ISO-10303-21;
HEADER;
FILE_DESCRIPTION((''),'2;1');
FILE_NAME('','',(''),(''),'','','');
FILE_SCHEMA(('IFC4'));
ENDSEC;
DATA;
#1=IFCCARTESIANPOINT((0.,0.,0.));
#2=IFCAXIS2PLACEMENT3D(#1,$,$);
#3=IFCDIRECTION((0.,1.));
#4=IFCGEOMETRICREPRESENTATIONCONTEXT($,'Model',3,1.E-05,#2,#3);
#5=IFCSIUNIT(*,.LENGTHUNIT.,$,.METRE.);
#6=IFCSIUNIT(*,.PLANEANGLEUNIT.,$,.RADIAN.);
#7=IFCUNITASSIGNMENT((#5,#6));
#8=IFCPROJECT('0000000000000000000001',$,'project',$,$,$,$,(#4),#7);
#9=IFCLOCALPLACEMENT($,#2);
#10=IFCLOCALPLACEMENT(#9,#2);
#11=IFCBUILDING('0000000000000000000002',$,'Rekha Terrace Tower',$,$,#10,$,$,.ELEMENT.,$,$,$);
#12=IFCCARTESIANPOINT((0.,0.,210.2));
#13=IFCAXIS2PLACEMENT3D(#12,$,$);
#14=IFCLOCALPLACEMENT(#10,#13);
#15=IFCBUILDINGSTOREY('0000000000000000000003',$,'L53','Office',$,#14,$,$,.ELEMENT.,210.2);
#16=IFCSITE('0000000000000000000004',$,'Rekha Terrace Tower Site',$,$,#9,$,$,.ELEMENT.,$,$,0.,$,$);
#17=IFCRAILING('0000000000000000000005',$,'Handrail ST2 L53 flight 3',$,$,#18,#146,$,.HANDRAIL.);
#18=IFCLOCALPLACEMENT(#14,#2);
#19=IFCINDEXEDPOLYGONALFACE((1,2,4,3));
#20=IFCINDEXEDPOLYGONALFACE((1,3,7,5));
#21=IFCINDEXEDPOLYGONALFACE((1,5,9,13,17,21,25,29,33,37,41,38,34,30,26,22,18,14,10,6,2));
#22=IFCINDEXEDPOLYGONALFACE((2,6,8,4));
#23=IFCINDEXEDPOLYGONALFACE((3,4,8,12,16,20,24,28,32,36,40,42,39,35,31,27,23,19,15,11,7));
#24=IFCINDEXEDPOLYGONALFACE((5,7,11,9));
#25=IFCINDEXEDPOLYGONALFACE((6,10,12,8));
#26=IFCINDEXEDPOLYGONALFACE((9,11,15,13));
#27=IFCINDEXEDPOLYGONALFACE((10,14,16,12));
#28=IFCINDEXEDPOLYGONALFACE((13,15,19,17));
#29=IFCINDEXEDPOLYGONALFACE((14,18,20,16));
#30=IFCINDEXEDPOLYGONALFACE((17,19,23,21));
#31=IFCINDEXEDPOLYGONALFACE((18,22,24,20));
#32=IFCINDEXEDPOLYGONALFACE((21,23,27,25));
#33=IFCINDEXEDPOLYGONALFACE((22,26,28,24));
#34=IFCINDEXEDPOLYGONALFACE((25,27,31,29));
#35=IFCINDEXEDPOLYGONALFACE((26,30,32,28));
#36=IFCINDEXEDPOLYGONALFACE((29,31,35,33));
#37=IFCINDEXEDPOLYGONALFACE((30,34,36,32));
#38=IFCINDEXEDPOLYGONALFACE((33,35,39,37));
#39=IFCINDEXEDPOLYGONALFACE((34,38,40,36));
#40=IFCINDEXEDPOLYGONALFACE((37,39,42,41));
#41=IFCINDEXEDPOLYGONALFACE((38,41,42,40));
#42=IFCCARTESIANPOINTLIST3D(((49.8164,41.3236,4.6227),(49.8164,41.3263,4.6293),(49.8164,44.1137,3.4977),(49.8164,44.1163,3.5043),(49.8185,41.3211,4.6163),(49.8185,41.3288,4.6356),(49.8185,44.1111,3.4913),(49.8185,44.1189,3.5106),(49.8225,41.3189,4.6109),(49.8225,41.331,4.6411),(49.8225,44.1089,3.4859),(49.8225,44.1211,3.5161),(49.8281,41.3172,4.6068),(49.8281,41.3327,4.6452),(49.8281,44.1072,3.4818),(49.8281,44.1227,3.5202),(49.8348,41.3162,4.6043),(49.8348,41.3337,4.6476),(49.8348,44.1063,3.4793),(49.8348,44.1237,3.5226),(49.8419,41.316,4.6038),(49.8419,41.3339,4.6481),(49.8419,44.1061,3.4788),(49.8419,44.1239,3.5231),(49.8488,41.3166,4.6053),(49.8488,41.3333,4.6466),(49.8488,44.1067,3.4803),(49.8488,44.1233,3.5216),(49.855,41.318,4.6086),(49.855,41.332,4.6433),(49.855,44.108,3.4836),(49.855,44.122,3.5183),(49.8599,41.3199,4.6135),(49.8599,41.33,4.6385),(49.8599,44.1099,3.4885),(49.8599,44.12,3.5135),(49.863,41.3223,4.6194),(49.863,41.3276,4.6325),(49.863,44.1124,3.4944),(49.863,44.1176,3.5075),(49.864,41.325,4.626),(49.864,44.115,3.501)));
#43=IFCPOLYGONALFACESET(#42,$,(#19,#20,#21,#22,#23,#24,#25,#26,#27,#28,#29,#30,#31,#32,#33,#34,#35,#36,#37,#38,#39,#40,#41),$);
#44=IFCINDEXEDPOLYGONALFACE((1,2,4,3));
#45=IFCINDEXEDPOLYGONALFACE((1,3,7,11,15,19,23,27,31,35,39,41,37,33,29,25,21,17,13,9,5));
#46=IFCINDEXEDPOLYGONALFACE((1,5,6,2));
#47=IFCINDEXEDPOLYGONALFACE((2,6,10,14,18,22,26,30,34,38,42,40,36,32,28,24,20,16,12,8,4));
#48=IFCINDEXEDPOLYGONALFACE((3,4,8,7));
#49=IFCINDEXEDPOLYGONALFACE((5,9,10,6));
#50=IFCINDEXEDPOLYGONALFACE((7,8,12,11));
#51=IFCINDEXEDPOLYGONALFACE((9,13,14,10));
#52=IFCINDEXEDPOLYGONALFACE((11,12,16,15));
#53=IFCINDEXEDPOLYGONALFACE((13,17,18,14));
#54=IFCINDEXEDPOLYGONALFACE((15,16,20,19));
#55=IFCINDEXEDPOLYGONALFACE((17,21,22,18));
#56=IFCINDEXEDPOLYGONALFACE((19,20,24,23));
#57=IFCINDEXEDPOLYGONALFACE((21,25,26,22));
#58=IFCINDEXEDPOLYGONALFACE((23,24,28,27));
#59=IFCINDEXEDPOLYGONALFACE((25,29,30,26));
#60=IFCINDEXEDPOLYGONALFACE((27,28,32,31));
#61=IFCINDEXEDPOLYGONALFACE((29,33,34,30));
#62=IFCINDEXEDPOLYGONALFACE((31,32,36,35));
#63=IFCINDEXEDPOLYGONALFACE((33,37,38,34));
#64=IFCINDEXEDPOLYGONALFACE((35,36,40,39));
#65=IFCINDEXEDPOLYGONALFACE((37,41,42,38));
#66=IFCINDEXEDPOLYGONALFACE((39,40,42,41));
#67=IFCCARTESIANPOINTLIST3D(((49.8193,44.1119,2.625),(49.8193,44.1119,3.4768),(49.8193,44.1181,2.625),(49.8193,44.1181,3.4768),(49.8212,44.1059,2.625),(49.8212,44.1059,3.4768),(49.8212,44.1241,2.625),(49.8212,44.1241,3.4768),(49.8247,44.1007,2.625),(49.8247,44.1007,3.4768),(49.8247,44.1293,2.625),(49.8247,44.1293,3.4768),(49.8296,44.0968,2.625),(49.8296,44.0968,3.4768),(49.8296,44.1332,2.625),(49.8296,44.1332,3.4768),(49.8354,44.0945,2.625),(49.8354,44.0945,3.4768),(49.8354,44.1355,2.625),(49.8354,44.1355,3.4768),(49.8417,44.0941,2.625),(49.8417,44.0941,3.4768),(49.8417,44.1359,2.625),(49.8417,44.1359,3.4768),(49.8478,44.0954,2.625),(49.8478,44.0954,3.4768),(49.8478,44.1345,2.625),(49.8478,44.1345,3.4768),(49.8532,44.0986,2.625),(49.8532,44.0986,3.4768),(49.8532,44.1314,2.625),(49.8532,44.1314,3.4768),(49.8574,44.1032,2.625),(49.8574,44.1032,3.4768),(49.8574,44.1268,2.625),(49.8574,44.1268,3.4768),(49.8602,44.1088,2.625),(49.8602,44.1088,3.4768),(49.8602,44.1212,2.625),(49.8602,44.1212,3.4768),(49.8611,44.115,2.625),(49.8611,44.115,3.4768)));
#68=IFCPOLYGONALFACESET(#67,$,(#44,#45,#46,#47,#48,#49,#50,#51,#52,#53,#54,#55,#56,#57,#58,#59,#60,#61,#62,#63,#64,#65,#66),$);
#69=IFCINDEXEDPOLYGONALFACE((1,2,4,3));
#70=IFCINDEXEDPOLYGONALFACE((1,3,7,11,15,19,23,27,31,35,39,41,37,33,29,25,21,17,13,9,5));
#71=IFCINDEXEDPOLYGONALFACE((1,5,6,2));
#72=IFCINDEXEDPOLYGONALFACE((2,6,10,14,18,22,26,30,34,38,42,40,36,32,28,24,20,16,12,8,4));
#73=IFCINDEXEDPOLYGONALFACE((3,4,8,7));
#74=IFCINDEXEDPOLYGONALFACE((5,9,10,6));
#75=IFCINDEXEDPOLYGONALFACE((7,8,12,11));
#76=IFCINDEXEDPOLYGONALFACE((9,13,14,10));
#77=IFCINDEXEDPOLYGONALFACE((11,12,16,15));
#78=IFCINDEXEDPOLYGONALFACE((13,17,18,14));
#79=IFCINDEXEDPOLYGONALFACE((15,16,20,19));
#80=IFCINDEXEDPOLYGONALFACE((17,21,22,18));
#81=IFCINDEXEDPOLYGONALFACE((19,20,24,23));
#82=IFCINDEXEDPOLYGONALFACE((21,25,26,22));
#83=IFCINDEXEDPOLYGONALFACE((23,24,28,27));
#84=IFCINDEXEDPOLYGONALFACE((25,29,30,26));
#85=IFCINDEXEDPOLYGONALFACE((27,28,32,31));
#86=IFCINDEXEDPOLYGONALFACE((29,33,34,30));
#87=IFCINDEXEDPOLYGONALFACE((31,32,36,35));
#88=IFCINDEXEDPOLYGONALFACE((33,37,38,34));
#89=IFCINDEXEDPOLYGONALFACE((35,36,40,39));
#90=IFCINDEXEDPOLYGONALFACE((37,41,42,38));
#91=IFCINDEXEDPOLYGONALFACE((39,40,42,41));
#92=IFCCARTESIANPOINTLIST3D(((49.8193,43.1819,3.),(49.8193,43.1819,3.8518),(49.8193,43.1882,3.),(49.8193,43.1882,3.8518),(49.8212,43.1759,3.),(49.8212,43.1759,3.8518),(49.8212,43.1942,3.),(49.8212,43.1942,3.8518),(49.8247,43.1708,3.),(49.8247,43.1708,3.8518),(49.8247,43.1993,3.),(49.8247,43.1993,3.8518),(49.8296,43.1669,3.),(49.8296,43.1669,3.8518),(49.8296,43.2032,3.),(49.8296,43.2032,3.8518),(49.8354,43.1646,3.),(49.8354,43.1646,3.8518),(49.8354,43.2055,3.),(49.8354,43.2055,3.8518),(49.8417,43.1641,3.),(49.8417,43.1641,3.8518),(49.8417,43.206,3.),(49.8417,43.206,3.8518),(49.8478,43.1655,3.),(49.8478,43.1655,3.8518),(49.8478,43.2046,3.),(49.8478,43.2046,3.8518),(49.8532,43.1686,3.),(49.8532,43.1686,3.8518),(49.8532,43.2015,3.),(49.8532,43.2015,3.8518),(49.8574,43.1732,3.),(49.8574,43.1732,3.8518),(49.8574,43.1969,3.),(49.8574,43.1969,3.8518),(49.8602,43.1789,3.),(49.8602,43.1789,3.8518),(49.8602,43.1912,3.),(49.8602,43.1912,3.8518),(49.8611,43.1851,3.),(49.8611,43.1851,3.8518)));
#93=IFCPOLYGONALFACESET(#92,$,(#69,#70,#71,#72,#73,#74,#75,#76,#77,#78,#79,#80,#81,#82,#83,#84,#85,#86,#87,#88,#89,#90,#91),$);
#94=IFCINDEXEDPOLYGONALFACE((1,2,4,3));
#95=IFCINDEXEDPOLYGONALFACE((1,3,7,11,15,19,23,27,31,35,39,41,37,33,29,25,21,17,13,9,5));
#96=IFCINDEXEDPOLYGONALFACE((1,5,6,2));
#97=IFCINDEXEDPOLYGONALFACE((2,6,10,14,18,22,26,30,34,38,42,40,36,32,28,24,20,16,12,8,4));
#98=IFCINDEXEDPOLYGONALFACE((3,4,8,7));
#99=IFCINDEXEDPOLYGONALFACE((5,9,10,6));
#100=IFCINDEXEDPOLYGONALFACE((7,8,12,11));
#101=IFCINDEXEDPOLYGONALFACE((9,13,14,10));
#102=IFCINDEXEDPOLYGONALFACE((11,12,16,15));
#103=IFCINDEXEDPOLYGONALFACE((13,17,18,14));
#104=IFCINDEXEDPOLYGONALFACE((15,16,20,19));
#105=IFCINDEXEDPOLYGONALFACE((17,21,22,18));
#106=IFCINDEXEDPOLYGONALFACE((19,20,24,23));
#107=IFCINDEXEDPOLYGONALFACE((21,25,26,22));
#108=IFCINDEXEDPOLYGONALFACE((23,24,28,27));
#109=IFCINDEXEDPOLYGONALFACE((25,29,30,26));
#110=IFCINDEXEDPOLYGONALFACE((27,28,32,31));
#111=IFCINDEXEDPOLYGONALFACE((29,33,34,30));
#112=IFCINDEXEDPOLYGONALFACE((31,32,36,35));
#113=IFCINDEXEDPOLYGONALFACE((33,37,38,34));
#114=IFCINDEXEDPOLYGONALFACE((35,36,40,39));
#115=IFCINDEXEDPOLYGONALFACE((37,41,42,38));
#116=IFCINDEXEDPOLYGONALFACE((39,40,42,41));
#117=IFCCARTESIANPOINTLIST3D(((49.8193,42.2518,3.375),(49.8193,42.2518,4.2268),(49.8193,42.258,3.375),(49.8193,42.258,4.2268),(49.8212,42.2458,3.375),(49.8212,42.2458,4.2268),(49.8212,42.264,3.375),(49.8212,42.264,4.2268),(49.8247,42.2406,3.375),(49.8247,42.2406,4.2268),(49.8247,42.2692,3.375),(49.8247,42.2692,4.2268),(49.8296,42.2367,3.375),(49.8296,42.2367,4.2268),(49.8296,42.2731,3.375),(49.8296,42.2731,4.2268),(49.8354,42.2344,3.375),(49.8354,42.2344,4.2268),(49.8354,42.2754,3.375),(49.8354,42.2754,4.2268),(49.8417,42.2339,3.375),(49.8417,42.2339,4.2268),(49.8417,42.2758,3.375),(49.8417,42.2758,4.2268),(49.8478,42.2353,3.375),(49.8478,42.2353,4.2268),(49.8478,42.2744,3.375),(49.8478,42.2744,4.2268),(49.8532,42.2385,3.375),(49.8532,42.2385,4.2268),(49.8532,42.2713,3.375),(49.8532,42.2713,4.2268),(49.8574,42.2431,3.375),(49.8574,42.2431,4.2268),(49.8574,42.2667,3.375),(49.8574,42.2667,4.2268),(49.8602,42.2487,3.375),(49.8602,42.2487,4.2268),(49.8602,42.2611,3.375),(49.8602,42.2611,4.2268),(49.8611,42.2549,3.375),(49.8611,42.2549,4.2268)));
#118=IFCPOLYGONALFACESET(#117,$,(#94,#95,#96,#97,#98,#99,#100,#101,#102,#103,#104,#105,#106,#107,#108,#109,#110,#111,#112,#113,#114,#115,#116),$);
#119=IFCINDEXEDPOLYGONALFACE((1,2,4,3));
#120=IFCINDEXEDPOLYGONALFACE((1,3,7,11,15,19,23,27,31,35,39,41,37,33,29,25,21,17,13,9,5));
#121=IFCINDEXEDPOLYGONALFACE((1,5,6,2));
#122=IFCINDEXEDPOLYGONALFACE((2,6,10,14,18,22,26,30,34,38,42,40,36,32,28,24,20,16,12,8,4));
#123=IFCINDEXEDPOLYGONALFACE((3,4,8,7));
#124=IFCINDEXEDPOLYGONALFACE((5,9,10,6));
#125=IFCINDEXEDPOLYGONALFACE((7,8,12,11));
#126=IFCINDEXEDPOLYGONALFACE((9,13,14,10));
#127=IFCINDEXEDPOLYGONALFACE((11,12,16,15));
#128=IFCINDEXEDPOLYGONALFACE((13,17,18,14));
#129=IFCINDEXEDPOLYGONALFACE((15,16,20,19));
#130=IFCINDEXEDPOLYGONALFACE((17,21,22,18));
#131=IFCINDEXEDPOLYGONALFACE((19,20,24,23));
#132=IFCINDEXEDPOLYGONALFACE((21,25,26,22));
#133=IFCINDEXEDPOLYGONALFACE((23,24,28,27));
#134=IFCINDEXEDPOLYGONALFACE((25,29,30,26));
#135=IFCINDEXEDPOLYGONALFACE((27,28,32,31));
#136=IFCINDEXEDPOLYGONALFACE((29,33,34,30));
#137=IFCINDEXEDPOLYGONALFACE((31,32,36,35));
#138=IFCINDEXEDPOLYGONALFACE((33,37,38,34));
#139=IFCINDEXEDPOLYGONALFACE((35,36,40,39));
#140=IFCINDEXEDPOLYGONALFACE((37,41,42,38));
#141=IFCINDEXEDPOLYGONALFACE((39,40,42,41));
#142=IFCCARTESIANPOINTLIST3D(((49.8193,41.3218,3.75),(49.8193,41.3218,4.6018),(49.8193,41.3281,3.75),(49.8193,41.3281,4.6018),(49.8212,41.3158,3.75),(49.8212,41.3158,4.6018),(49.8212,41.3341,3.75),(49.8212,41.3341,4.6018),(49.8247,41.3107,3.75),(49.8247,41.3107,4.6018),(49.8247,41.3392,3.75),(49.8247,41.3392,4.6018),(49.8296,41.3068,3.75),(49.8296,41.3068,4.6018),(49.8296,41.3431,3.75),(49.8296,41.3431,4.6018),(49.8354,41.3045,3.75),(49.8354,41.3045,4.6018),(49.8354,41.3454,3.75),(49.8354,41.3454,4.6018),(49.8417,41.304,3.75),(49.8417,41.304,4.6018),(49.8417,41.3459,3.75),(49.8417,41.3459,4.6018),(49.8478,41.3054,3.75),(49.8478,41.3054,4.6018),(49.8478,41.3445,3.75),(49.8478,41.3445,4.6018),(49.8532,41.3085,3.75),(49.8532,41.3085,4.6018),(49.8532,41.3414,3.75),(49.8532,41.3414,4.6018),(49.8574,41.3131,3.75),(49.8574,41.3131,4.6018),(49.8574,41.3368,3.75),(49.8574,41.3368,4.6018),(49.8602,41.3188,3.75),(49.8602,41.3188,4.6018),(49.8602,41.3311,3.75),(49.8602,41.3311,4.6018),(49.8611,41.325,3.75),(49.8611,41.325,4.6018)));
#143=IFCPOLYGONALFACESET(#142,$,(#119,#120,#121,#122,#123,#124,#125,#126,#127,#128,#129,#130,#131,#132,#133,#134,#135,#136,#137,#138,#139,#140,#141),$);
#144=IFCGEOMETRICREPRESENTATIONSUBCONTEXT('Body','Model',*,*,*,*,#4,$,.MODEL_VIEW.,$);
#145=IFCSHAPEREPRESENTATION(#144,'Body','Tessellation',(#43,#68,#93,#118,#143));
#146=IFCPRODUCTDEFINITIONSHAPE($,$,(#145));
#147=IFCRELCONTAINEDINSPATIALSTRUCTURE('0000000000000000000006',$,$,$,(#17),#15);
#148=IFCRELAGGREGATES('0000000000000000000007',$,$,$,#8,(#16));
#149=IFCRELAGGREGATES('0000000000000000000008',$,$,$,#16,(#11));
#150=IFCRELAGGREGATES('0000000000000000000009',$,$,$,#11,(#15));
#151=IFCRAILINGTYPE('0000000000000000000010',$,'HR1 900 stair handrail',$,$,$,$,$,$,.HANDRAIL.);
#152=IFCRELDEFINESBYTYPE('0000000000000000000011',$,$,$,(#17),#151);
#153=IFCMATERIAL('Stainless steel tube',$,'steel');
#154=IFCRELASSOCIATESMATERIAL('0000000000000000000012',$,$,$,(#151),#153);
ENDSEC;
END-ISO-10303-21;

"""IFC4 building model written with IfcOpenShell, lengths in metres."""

from ifc_helpers import new_model, si_unit, direction, frame, origin, origin_2d, place, context, subcontext, project, spatial, circle, extrude, material, type_object, element, save


model = new_model("IFC4")

# Units and contexts
model_context = context("Model", 3, precision=1e-05, world=origin(), true_north=direction((0.0, 1.0)))
body_context = subcontext(model_context, "Body", "Model", "MODEL_VIEW")
ifc_project = project(units=[si_unit("LENGTHUNIT", "METRE"), si_unit("PLANEANGLEUNIT", "RADIAN")], contexts=[model_context])

# Site, building, storey
site_placement = place(None, origin())
site = spatial("IfcSite", under=ifc_project, at=site_placement, Name="Rekha Terrace Tower Site", CompositionType="ELEMENT", RefElevation=0.0)
building_placement = place(site_placement, origin())
building = spatial("IfcBuilding", under=site, at=building_placement, Name="Rekha Terrace Tower", CompositionType="ELEMENT")
storey_placement = place(building_placement, frame((0.0, 0.0, 210.2)))
storey = spatial("IfcBuildingStorey", under=building, at=storey_placement, Name="L53", Description="Office", CompositionType="ELEMENT", Elevation=210.2)

# Railing
ifc_material_1 = material(Name="Stainless steel tube", Category="steel")
railing_type = type_object("IfcRailingType", Name="HR1 900 stair handrail", PredefinedType="HANDRAIL", material=ifc_material_1)
railing_placement = place(storey_placement, frame((49.8401, 44.115, 2.625)))
element("IfcRailing", 1, at=railing_placement, inside=storey, type_object=railing_type, Name="Handrail ST2 L53 flight 3", PredefinedType="HANDRAIL", context=body_context, shape_type="SweptSolid", body=[
    extrude(circle(Radius=0.0239, at=origin_2d()), frame((0.0, 0.0, 0.876), z_axis=(0.0, -0.927443, 0.373964), x_axis=(1.0, 0.0, 0.0)), (0.0, 0.0, 1.0), 3.0083),
    extrude(circle(Radius=0.021, at=origin_2d()), origin(), (0.0, 0.0, 1.0), 0.8518),
    extrude(circle(Radius=0.021, at=origin_2d()), frame((0.0, -0.9299, 0.375)), (0.0, 0.0, 1.0), 0.8518),
    extrude(circle(Radius=0.021, at=origin_2d()), frame((0.0, -1.8601, 0.75)), (0.0, 0.0, 1.0), 0.8518),
    extrude(circle(Radius=0.021, at=origin_2d()), frame((0.0, -2.79, 1.125)), (0.0, 0.0, 1.0), 0.8518),
])

save(model, "model.ifc")
